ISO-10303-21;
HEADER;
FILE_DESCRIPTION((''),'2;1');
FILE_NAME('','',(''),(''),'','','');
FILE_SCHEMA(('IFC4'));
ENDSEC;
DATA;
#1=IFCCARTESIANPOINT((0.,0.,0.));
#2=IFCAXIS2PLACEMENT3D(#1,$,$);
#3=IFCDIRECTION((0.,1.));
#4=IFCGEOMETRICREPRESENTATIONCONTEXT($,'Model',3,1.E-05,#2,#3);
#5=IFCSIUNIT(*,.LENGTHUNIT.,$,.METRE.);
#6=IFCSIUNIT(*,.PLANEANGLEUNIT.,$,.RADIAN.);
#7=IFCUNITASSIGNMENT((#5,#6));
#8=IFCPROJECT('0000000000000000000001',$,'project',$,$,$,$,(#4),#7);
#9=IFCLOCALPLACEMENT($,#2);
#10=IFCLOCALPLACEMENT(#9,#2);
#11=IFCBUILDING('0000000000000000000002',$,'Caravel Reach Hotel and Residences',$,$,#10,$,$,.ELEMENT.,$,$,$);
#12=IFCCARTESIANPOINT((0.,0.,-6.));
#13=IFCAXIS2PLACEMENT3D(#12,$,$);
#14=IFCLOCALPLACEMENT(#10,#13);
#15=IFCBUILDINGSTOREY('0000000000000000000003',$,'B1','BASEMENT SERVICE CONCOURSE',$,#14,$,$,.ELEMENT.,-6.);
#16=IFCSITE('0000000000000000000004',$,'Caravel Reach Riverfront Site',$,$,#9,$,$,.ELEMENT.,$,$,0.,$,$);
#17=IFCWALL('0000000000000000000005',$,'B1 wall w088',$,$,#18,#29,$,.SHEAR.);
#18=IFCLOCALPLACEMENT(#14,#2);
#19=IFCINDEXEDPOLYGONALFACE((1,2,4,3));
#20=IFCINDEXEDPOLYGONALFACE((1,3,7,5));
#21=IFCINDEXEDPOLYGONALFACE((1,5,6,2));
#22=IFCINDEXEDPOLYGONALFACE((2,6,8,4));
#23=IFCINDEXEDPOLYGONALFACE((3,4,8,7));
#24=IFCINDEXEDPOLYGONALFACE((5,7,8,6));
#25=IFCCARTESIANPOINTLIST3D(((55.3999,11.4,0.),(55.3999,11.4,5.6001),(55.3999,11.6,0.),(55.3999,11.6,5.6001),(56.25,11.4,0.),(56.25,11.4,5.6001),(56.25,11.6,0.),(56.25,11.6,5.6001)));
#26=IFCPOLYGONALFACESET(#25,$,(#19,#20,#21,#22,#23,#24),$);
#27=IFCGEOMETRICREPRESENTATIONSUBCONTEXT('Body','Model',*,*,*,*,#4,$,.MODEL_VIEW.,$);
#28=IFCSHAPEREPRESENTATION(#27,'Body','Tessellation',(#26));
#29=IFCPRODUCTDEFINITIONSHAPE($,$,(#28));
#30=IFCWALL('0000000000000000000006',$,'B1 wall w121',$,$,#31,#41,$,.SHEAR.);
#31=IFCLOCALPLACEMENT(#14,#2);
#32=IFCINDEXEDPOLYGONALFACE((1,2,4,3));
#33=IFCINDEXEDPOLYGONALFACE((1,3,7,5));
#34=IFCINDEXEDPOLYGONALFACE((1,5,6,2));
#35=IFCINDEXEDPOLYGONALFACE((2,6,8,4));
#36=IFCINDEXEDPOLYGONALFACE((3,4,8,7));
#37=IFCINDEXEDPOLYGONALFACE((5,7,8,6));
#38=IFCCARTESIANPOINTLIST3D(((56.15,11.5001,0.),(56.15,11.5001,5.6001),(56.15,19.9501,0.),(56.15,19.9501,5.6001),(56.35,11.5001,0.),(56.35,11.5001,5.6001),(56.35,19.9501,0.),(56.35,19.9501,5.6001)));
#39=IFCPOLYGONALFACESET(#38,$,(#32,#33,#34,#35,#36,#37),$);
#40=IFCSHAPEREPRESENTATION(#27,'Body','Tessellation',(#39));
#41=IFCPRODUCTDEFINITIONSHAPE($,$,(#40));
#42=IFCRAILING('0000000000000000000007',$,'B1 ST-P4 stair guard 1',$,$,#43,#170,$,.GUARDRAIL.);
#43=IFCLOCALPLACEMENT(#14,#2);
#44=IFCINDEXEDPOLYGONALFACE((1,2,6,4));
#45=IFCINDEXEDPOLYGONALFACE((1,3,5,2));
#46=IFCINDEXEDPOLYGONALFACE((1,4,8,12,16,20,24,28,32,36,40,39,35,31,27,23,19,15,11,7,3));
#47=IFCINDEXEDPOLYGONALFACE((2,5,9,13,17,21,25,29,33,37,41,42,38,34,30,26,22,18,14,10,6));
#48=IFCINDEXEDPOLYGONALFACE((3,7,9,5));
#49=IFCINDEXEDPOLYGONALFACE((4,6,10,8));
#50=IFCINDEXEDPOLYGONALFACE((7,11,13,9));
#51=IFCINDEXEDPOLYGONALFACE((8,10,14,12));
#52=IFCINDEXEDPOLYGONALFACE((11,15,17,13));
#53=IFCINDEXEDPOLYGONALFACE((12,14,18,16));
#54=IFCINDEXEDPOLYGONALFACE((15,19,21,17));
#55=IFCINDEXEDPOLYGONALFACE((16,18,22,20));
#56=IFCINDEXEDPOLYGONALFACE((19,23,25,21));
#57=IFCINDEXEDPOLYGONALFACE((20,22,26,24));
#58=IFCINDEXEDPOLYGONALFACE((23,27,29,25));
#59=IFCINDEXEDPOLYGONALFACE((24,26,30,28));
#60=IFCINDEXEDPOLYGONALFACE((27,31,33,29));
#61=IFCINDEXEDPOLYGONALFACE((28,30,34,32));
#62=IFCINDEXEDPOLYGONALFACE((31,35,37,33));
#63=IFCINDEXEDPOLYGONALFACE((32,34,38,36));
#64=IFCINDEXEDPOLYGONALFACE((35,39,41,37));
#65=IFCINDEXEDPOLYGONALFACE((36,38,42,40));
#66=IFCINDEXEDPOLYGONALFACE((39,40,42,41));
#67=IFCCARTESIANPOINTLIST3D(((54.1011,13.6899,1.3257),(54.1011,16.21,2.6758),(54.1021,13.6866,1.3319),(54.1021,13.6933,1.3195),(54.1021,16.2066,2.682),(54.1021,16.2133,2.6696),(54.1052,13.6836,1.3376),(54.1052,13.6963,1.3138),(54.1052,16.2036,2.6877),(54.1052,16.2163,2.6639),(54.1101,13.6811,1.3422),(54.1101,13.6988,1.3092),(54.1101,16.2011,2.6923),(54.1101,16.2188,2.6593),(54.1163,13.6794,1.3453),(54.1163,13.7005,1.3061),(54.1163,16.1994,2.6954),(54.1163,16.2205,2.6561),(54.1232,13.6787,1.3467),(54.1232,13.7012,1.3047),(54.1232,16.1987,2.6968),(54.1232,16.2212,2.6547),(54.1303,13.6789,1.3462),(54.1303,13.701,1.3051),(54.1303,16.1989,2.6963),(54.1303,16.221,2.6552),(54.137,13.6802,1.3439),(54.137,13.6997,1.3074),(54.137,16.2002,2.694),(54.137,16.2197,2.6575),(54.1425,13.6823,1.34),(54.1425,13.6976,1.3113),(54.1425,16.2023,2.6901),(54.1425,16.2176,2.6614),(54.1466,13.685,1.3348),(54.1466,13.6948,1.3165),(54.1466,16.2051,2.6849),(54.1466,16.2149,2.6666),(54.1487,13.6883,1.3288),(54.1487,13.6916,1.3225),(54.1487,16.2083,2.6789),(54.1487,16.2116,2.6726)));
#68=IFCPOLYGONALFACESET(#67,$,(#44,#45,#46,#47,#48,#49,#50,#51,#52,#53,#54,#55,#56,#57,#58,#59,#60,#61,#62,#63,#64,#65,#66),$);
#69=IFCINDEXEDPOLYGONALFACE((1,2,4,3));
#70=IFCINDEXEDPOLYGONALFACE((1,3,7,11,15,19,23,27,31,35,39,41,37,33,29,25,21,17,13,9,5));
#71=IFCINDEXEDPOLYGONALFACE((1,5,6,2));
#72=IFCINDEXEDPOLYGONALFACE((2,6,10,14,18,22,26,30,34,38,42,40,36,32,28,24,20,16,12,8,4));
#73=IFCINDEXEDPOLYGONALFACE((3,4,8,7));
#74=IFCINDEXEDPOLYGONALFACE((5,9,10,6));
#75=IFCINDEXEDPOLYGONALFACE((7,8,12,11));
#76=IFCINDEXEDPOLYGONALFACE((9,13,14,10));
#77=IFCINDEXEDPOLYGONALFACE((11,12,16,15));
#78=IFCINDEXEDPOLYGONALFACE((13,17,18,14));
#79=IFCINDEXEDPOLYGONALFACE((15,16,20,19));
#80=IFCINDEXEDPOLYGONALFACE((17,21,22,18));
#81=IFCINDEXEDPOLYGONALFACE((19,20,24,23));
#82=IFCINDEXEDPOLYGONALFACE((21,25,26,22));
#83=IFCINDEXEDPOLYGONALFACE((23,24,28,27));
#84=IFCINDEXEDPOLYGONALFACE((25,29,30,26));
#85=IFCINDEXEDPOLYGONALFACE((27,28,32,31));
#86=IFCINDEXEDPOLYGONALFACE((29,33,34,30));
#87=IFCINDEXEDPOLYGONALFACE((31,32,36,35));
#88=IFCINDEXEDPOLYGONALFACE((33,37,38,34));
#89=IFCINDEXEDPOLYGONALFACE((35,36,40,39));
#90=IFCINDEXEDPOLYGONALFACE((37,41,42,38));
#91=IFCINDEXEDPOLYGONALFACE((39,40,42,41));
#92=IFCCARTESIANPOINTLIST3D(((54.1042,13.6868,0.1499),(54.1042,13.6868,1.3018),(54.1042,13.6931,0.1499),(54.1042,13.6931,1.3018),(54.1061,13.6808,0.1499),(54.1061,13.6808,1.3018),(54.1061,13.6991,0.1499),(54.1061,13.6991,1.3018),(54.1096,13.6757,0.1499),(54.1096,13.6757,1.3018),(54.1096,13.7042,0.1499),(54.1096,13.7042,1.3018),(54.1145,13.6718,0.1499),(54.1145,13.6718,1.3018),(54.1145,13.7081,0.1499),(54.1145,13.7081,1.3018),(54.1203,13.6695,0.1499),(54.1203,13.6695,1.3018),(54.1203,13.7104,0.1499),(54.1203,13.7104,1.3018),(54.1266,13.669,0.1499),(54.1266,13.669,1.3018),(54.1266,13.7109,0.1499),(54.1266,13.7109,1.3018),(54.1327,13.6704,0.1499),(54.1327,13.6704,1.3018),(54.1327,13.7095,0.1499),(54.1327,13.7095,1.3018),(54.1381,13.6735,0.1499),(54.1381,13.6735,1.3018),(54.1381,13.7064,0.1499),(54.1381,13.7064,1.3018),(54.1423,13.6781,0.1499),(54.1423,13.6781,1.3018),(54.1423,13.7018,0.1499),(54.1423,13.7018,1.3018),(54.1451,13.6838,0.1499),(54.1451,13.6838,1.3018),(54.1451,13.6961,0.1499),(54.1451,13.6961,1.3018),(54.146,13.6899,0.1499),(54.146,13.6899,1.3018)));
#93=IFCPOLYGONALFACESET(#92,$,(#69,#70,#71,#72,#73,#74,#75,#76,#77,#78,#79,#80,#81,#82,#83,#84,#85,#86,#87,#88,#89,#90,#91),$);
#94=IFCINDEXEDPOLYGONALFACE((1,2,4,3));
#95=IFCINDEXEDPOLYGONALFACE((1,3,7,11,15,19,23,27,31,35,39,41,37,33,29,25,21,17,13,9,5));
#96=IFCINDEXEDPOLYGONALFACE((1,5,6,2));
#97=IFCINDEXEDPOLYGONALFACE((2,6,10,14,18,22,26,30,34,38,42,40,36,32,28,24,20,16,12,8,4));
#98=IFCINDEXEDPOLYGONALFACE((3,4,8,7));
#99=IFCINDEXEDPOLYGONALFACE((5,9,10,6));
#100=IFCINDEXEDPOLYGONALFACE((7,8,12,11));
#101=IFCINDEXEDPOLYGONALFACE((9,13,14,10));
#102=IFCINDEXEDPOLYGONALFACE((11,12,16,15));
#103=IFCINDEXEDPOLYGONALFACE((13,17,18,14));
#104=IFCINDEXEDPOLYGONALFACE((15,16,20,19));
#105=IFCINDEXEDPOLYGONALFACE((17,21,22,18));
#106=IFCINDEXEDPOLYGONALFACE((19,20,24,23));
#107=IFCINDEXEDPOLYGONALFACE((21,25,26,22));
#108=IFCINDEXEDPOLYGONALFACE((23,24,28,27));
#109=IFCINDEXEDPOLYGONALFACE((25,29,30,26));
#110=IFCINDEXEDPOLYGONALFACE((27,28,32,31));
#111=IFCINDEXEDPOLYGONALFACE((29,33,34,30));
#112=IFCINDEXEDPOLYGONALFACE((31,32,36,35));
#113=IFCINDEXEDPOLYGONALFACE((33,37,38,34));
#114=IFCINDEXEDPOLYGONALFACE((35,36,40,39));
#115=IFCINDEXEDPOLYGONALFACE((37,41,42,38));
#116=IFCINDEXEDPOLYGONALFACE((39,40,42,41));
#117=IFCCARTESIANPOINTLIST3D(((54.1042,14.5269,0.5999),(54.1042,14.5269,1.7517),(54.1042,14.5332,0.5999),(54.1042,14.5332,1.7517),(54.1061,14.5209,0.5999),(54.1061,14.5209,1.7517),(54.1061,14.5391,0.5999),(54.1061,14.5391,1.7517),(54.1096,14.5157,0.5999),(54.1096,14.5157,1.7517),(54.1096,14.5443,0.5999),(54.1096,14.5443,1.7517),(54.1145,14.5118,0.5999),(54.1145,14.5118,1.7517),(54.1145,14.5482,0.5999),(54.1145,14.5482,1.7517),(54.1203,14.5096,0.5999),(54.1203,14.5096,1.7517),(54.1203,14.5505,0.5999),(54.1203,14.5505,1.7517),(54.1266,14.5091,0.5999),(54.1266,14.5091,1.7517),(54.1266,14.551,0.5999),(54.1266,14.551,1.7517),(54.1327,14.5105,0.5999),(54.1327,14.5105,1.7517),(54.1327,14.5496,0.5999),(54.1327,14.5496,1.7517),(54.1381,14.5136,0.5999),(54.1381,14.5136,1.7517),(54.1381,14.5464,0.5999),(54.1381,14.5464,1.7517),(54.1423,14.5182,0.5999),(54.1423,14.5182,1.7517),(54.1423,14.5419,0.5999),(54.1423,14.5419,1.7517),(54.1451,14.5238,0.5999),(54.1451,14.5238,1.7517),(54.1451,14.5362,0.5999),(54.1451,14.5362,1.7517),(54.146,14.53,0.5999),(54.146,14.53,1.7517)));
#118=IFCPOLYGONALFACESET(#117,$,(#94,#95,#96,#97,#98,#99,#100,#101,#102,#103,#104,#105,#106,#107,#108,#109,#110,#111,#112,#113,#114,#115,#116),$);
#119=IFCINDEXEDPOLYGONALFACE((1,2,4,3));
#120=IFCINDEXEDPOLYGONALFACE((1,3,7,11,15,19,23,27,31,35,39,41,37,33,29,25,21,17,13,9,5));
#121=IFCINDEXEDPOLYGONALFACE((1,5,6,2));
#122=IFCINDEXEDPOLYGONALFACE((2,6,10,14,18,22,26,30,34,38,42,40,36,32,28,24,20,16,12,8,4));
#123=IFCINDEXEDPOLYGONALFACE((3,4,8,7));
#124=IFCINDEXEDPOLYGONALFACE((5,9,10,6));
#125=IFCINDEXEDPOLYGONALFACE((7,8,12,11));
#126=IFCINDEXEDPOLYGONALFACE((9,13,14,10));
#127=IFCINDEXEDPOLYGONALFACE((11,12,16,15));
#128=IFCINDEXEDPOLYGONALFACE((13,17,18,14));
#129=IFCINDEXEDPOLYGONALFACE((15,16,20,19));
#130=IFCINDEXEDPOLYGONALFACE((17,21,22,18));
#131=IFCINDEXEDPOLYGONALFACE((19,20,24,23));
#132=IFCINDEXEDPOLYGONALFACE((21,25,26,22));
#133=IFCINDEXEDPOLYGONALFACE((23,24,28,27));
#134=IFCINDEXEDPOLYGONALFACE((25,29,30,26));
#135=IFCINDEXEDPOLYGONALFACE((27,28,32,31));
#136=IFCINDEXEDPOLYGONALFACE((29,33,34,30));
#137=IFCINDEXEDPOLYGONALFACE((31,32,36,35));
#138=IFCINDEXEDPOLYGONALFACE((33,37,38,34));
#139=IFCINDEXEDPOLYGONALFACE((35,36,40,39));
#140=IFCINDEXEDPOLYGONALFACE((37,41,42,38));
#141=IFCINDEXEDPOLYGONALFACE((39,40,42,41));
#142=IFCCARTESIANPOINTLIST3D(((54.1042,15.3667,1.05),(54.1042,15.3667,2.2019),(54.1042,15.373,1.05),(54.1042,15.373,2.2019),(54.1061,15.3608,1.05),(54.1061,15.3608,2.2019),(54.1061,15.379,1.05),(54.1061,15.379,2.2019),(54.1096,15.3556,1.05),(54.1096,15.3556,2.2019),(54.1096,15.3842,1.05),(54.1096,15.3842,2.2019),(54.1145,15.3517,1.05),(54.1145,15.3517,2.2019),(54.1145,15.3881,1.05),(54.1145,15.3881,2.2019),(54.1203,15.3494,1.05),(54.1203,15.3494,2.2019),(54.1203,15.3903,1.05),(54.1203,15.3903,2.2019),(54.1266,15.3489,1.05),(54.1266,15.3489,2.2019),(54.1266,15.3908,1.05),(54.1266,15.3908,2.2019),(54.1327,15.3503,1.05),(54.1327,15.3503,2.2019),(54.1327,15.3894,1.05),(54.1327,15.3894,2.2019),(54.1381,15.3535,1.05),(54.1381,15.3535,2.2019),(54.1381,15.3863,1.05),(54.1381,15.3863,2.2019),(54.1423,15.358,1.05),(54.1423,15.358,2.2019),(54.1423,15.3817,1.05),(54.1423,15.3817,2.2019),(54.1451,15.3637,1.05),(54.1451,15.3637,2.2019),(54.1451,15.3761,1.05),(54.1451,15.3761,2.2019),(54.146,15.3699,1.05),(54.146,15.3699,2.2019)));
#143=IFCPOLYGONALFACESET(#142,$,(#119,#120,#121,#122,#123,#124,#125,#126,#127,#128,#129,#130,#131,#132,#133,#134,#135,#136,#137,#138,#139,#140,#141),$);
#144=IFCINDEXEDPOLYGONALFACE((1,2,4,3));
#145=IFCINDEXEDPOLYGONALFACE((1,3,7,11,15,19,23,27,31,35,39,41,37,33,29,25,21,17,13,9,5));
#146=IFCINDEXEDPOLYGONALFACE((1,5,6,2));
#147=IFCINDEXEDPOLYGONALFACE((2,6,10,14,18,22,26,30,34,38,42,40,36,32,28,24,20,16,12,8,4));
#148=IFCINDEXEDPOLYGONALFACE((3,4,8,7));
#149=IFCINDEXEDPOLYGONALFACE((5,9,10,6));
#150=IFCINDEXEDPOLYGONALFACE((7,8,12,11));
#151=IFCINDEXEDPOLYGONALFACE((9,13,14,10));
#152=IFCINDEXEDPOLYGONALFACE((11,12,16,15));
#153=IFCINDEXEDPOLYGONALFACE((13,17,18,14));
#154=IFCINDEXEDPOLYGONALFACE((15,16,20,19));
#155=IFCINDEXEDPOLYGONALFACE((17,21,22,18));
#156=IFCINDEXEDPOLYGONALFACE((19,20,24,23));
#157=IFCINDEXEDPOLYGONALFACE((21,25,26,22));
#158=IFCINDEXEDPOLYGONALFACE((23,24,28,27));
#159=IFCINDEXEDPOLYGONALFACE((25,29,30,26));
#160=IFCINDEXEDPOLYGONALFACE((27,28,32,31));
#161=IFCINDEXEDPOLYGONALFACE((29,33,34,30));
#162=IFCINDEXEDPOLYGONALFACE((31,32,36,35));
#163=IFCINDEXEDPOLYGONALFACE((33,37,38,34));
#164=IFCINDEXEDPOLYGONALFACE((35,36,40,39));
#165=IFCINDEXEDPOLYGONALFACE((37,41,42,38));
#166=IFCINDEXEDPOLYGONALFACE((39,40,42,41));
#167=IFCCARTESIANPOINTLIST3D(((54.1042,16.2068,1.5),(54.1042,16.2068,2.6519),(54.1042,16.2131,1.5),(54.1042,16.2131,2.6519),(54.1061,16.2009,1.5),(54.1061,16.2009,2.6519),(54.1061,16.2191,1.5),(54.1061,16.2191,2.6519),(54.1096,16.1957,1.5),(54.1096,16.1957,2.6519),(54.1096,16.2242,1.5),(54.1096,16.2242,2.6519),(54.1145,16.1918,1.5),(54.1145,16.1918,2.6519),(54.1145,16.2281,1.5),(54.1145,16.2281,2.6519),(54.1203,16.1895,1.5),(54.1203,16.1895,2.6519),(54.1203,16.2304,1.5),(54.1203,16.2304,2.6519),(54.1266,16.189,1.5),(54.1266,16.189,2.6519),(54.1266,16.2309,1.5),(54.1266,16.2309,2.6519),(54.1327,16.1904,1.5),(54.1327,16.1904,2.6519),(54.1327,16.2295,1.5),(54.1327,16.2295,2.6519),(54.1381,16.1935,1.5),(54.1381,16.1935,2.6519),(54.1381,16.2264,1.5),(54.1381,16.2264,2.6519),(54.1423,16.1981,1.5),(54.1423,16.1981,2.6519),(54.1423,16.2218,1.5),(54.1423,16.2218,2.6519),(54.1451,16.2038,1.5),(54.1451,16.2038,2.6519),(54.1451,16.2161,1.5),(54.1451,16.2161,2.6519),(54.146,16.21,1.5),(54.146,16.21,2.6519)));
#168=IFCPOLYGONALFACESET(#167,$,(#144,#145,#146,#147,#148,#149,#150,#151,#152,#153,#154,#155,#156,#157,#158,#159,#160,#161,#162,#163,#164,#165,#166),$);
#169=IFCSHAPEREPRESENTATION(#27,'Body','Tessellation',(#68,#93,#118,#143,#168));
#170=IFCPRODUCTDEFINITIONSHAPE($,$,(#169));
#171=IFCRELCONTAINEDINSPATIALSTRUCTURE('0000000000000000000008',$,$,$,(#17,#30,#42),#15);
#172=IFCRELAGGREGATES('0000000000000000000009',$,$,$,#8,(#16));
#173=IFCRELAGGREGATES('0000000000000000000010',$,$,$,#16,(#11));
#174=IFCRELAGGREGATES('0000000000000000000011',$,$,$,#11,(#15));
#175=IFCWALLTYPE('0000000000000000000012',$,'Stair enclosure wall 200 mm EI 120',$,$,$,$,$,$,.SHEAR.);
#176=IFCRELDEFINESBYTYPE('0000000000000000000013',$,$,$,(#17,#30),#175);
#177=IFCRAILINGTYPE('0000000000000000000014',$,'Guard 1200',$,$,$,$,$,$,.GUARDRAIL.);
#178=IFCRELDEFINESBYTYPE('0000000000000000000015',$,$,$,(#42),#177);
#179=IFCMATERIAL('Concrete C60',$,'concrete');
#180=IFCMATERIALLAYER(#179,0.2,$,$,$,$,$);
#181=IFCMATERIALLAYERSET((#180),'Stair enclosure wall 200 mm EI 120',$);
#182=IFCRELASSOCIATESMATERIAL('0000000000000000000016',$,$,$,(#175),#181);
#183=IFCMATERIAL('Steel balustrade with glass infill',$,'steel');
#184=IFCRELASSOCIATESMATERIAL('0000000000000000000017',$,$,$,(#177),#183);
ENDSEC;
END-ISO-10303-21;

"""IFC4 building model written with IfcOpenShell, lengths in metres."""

from ifc_helpers import new_model, si_unit, direction, frame, frame_2d, origin, origin_2d, place, context, subcontext, project, spatial, rectangle, circle, extrude, material, layer, layer_set, type_object, element, save


model = new_model("IFC4")

# Units and contexts
model_context = context("Model", 3, precision=1e-05, world=origin(), true_north=direction((0.0, 1.0)))
body_context = subcontext(model_context, "Body", "Model", "MODEL_VIEW")
ifc_project = project(units=[si_unit("LENGTHUNIT", "METRE"), si_unit("PLANEANGLEUNIT", "RADIAN")], contexts=[model_context])

# Site, building, storey
site_placement = place(None, origin())
site = spatial("IfcSite", under=ifc_project, at=site_placement, Name="Caravel Reach Riverfront Site", CompositionType="ELEMENT", RefElevation=0.0)
building_placement = place(site_placement, origin())
building = spatial("IfcBuilding", under=site, at=building_placement, Name="Caravel Reach Hotel and Residences", CompositionType="ELEMENT")
storey_placement = place(building_placement, frame((0.0, 0.0, -6.0)))
storey = spatial("IfcBuildingStorey", under=building, at=storey_placement, Name="B1", Description="BASEMENT SERVICE CONCOURSE", CompositionType="ELEMENT", Elevation=-6.0)

# Walls
ifc_material_1 = material(Name="Concrete C60", Category="concrete")
ifc_layer_1 = layer(ifc_material_1, 0.2)
ifc_layer_set_1 = layer_set([ifc_layer_1], Name="Stair enclosure wall 200 mm EI 120")
wall_type_1 = type_object("IfcWallType", Name="Stair enclosure wall 200 mm EI 120", PredefinedType="SHEAR", material=ifc_layer_set_1)
wall_1_placement = place(storey_placement, frame((55.3999, 11.5, 0.0), z_axis=(0.0, 0.0, 1.0), x_axis=(1.0, 0.0, 0.0)))
element("IfcWall", 1, at=wall_1_placement, inside=storey, type_object=wall_type_1, Name="B1 wall w088", PredefinedType="SHEAR", context=body_context, shape_type="SweptSolid", body=[
    extrude(rectangle(XDim=0.8501, YDim=0.2, at=frame_2d((0.425, 0.0))), origin(), (0.0, 0.0, 1.0), 5.6001),
])
wall_2_placement = place(storey_placement, frame((56.25, 11.5, 0.0), z_axis=(0.0, 0.0, 1.0), x_axis=(0.0, 1.0, 0.0)))
element("IfcWall", 2, at=wall_2_placement, inside=storey, type_object=wall_type_1, Name="B1 wall w121", PredefinedType="SHEAR", context=body_context, shape_type="SweptSolid", body=[
    extrude(rectangle(XDim=8.45, YDim=0.2, at=frame_2d((4.2251, 0.0))), origin(), (0.0, 0.0, 1.0), 5.6001),
])

# Railing
ifc_material_2 = material(Name="Steel balustrade with glass infill", Category="steel")
railing_type_1 = type_object("IfcRailingType", Name="Guard 1200", PredefinedType="GUARDRAIL", material=ifc_material_2)
railing_1_placement = place(storey_placement, frame((54.125, 13.6899, 0.1499)))
element("IfcRailing", 3, at=railing_1_placement, inside=storey, type_object=railing_type_1, Name="B1 ST-P4 stair guard 1", PredefinedType="GUARDRAIL", context=body_context, shape_type="SweptSolid", body=[
    extrude(circle(Radius=0.0239, at=origin_2d()), frame((0.0, 0.0, 1.1758), z_axis=(0.0, 0.881467, 0.472245), x_axis=(-1.0, 0.0, 0.0)), (0.0, 0.0, 1.0), 2.8589),
    extrude(circle(Radius=0.021, at=origin_2d()), origin(), (0.0, 0.0, 1.0), 1.1519),
    extrude(circle(Radius=0.021, at=origin_2d()), frame((0.0, 0.8401, 0.45)), (0.0, 0.0, 1.0), 1.1519),
    extrude(circle(Radius=0.021, at=origin_2d()), frame((0.0, 1.6799, 0.9001)), (0.0, 0.0, 1.0), 1.1519),
    extrude(circle(Radius=0.021, at=origin_2d()), frame((0.0, 2.52, 1.3501)), (0.0, 0.0, 1.0), 1.1519),
])

save(model, "model.ifc")
